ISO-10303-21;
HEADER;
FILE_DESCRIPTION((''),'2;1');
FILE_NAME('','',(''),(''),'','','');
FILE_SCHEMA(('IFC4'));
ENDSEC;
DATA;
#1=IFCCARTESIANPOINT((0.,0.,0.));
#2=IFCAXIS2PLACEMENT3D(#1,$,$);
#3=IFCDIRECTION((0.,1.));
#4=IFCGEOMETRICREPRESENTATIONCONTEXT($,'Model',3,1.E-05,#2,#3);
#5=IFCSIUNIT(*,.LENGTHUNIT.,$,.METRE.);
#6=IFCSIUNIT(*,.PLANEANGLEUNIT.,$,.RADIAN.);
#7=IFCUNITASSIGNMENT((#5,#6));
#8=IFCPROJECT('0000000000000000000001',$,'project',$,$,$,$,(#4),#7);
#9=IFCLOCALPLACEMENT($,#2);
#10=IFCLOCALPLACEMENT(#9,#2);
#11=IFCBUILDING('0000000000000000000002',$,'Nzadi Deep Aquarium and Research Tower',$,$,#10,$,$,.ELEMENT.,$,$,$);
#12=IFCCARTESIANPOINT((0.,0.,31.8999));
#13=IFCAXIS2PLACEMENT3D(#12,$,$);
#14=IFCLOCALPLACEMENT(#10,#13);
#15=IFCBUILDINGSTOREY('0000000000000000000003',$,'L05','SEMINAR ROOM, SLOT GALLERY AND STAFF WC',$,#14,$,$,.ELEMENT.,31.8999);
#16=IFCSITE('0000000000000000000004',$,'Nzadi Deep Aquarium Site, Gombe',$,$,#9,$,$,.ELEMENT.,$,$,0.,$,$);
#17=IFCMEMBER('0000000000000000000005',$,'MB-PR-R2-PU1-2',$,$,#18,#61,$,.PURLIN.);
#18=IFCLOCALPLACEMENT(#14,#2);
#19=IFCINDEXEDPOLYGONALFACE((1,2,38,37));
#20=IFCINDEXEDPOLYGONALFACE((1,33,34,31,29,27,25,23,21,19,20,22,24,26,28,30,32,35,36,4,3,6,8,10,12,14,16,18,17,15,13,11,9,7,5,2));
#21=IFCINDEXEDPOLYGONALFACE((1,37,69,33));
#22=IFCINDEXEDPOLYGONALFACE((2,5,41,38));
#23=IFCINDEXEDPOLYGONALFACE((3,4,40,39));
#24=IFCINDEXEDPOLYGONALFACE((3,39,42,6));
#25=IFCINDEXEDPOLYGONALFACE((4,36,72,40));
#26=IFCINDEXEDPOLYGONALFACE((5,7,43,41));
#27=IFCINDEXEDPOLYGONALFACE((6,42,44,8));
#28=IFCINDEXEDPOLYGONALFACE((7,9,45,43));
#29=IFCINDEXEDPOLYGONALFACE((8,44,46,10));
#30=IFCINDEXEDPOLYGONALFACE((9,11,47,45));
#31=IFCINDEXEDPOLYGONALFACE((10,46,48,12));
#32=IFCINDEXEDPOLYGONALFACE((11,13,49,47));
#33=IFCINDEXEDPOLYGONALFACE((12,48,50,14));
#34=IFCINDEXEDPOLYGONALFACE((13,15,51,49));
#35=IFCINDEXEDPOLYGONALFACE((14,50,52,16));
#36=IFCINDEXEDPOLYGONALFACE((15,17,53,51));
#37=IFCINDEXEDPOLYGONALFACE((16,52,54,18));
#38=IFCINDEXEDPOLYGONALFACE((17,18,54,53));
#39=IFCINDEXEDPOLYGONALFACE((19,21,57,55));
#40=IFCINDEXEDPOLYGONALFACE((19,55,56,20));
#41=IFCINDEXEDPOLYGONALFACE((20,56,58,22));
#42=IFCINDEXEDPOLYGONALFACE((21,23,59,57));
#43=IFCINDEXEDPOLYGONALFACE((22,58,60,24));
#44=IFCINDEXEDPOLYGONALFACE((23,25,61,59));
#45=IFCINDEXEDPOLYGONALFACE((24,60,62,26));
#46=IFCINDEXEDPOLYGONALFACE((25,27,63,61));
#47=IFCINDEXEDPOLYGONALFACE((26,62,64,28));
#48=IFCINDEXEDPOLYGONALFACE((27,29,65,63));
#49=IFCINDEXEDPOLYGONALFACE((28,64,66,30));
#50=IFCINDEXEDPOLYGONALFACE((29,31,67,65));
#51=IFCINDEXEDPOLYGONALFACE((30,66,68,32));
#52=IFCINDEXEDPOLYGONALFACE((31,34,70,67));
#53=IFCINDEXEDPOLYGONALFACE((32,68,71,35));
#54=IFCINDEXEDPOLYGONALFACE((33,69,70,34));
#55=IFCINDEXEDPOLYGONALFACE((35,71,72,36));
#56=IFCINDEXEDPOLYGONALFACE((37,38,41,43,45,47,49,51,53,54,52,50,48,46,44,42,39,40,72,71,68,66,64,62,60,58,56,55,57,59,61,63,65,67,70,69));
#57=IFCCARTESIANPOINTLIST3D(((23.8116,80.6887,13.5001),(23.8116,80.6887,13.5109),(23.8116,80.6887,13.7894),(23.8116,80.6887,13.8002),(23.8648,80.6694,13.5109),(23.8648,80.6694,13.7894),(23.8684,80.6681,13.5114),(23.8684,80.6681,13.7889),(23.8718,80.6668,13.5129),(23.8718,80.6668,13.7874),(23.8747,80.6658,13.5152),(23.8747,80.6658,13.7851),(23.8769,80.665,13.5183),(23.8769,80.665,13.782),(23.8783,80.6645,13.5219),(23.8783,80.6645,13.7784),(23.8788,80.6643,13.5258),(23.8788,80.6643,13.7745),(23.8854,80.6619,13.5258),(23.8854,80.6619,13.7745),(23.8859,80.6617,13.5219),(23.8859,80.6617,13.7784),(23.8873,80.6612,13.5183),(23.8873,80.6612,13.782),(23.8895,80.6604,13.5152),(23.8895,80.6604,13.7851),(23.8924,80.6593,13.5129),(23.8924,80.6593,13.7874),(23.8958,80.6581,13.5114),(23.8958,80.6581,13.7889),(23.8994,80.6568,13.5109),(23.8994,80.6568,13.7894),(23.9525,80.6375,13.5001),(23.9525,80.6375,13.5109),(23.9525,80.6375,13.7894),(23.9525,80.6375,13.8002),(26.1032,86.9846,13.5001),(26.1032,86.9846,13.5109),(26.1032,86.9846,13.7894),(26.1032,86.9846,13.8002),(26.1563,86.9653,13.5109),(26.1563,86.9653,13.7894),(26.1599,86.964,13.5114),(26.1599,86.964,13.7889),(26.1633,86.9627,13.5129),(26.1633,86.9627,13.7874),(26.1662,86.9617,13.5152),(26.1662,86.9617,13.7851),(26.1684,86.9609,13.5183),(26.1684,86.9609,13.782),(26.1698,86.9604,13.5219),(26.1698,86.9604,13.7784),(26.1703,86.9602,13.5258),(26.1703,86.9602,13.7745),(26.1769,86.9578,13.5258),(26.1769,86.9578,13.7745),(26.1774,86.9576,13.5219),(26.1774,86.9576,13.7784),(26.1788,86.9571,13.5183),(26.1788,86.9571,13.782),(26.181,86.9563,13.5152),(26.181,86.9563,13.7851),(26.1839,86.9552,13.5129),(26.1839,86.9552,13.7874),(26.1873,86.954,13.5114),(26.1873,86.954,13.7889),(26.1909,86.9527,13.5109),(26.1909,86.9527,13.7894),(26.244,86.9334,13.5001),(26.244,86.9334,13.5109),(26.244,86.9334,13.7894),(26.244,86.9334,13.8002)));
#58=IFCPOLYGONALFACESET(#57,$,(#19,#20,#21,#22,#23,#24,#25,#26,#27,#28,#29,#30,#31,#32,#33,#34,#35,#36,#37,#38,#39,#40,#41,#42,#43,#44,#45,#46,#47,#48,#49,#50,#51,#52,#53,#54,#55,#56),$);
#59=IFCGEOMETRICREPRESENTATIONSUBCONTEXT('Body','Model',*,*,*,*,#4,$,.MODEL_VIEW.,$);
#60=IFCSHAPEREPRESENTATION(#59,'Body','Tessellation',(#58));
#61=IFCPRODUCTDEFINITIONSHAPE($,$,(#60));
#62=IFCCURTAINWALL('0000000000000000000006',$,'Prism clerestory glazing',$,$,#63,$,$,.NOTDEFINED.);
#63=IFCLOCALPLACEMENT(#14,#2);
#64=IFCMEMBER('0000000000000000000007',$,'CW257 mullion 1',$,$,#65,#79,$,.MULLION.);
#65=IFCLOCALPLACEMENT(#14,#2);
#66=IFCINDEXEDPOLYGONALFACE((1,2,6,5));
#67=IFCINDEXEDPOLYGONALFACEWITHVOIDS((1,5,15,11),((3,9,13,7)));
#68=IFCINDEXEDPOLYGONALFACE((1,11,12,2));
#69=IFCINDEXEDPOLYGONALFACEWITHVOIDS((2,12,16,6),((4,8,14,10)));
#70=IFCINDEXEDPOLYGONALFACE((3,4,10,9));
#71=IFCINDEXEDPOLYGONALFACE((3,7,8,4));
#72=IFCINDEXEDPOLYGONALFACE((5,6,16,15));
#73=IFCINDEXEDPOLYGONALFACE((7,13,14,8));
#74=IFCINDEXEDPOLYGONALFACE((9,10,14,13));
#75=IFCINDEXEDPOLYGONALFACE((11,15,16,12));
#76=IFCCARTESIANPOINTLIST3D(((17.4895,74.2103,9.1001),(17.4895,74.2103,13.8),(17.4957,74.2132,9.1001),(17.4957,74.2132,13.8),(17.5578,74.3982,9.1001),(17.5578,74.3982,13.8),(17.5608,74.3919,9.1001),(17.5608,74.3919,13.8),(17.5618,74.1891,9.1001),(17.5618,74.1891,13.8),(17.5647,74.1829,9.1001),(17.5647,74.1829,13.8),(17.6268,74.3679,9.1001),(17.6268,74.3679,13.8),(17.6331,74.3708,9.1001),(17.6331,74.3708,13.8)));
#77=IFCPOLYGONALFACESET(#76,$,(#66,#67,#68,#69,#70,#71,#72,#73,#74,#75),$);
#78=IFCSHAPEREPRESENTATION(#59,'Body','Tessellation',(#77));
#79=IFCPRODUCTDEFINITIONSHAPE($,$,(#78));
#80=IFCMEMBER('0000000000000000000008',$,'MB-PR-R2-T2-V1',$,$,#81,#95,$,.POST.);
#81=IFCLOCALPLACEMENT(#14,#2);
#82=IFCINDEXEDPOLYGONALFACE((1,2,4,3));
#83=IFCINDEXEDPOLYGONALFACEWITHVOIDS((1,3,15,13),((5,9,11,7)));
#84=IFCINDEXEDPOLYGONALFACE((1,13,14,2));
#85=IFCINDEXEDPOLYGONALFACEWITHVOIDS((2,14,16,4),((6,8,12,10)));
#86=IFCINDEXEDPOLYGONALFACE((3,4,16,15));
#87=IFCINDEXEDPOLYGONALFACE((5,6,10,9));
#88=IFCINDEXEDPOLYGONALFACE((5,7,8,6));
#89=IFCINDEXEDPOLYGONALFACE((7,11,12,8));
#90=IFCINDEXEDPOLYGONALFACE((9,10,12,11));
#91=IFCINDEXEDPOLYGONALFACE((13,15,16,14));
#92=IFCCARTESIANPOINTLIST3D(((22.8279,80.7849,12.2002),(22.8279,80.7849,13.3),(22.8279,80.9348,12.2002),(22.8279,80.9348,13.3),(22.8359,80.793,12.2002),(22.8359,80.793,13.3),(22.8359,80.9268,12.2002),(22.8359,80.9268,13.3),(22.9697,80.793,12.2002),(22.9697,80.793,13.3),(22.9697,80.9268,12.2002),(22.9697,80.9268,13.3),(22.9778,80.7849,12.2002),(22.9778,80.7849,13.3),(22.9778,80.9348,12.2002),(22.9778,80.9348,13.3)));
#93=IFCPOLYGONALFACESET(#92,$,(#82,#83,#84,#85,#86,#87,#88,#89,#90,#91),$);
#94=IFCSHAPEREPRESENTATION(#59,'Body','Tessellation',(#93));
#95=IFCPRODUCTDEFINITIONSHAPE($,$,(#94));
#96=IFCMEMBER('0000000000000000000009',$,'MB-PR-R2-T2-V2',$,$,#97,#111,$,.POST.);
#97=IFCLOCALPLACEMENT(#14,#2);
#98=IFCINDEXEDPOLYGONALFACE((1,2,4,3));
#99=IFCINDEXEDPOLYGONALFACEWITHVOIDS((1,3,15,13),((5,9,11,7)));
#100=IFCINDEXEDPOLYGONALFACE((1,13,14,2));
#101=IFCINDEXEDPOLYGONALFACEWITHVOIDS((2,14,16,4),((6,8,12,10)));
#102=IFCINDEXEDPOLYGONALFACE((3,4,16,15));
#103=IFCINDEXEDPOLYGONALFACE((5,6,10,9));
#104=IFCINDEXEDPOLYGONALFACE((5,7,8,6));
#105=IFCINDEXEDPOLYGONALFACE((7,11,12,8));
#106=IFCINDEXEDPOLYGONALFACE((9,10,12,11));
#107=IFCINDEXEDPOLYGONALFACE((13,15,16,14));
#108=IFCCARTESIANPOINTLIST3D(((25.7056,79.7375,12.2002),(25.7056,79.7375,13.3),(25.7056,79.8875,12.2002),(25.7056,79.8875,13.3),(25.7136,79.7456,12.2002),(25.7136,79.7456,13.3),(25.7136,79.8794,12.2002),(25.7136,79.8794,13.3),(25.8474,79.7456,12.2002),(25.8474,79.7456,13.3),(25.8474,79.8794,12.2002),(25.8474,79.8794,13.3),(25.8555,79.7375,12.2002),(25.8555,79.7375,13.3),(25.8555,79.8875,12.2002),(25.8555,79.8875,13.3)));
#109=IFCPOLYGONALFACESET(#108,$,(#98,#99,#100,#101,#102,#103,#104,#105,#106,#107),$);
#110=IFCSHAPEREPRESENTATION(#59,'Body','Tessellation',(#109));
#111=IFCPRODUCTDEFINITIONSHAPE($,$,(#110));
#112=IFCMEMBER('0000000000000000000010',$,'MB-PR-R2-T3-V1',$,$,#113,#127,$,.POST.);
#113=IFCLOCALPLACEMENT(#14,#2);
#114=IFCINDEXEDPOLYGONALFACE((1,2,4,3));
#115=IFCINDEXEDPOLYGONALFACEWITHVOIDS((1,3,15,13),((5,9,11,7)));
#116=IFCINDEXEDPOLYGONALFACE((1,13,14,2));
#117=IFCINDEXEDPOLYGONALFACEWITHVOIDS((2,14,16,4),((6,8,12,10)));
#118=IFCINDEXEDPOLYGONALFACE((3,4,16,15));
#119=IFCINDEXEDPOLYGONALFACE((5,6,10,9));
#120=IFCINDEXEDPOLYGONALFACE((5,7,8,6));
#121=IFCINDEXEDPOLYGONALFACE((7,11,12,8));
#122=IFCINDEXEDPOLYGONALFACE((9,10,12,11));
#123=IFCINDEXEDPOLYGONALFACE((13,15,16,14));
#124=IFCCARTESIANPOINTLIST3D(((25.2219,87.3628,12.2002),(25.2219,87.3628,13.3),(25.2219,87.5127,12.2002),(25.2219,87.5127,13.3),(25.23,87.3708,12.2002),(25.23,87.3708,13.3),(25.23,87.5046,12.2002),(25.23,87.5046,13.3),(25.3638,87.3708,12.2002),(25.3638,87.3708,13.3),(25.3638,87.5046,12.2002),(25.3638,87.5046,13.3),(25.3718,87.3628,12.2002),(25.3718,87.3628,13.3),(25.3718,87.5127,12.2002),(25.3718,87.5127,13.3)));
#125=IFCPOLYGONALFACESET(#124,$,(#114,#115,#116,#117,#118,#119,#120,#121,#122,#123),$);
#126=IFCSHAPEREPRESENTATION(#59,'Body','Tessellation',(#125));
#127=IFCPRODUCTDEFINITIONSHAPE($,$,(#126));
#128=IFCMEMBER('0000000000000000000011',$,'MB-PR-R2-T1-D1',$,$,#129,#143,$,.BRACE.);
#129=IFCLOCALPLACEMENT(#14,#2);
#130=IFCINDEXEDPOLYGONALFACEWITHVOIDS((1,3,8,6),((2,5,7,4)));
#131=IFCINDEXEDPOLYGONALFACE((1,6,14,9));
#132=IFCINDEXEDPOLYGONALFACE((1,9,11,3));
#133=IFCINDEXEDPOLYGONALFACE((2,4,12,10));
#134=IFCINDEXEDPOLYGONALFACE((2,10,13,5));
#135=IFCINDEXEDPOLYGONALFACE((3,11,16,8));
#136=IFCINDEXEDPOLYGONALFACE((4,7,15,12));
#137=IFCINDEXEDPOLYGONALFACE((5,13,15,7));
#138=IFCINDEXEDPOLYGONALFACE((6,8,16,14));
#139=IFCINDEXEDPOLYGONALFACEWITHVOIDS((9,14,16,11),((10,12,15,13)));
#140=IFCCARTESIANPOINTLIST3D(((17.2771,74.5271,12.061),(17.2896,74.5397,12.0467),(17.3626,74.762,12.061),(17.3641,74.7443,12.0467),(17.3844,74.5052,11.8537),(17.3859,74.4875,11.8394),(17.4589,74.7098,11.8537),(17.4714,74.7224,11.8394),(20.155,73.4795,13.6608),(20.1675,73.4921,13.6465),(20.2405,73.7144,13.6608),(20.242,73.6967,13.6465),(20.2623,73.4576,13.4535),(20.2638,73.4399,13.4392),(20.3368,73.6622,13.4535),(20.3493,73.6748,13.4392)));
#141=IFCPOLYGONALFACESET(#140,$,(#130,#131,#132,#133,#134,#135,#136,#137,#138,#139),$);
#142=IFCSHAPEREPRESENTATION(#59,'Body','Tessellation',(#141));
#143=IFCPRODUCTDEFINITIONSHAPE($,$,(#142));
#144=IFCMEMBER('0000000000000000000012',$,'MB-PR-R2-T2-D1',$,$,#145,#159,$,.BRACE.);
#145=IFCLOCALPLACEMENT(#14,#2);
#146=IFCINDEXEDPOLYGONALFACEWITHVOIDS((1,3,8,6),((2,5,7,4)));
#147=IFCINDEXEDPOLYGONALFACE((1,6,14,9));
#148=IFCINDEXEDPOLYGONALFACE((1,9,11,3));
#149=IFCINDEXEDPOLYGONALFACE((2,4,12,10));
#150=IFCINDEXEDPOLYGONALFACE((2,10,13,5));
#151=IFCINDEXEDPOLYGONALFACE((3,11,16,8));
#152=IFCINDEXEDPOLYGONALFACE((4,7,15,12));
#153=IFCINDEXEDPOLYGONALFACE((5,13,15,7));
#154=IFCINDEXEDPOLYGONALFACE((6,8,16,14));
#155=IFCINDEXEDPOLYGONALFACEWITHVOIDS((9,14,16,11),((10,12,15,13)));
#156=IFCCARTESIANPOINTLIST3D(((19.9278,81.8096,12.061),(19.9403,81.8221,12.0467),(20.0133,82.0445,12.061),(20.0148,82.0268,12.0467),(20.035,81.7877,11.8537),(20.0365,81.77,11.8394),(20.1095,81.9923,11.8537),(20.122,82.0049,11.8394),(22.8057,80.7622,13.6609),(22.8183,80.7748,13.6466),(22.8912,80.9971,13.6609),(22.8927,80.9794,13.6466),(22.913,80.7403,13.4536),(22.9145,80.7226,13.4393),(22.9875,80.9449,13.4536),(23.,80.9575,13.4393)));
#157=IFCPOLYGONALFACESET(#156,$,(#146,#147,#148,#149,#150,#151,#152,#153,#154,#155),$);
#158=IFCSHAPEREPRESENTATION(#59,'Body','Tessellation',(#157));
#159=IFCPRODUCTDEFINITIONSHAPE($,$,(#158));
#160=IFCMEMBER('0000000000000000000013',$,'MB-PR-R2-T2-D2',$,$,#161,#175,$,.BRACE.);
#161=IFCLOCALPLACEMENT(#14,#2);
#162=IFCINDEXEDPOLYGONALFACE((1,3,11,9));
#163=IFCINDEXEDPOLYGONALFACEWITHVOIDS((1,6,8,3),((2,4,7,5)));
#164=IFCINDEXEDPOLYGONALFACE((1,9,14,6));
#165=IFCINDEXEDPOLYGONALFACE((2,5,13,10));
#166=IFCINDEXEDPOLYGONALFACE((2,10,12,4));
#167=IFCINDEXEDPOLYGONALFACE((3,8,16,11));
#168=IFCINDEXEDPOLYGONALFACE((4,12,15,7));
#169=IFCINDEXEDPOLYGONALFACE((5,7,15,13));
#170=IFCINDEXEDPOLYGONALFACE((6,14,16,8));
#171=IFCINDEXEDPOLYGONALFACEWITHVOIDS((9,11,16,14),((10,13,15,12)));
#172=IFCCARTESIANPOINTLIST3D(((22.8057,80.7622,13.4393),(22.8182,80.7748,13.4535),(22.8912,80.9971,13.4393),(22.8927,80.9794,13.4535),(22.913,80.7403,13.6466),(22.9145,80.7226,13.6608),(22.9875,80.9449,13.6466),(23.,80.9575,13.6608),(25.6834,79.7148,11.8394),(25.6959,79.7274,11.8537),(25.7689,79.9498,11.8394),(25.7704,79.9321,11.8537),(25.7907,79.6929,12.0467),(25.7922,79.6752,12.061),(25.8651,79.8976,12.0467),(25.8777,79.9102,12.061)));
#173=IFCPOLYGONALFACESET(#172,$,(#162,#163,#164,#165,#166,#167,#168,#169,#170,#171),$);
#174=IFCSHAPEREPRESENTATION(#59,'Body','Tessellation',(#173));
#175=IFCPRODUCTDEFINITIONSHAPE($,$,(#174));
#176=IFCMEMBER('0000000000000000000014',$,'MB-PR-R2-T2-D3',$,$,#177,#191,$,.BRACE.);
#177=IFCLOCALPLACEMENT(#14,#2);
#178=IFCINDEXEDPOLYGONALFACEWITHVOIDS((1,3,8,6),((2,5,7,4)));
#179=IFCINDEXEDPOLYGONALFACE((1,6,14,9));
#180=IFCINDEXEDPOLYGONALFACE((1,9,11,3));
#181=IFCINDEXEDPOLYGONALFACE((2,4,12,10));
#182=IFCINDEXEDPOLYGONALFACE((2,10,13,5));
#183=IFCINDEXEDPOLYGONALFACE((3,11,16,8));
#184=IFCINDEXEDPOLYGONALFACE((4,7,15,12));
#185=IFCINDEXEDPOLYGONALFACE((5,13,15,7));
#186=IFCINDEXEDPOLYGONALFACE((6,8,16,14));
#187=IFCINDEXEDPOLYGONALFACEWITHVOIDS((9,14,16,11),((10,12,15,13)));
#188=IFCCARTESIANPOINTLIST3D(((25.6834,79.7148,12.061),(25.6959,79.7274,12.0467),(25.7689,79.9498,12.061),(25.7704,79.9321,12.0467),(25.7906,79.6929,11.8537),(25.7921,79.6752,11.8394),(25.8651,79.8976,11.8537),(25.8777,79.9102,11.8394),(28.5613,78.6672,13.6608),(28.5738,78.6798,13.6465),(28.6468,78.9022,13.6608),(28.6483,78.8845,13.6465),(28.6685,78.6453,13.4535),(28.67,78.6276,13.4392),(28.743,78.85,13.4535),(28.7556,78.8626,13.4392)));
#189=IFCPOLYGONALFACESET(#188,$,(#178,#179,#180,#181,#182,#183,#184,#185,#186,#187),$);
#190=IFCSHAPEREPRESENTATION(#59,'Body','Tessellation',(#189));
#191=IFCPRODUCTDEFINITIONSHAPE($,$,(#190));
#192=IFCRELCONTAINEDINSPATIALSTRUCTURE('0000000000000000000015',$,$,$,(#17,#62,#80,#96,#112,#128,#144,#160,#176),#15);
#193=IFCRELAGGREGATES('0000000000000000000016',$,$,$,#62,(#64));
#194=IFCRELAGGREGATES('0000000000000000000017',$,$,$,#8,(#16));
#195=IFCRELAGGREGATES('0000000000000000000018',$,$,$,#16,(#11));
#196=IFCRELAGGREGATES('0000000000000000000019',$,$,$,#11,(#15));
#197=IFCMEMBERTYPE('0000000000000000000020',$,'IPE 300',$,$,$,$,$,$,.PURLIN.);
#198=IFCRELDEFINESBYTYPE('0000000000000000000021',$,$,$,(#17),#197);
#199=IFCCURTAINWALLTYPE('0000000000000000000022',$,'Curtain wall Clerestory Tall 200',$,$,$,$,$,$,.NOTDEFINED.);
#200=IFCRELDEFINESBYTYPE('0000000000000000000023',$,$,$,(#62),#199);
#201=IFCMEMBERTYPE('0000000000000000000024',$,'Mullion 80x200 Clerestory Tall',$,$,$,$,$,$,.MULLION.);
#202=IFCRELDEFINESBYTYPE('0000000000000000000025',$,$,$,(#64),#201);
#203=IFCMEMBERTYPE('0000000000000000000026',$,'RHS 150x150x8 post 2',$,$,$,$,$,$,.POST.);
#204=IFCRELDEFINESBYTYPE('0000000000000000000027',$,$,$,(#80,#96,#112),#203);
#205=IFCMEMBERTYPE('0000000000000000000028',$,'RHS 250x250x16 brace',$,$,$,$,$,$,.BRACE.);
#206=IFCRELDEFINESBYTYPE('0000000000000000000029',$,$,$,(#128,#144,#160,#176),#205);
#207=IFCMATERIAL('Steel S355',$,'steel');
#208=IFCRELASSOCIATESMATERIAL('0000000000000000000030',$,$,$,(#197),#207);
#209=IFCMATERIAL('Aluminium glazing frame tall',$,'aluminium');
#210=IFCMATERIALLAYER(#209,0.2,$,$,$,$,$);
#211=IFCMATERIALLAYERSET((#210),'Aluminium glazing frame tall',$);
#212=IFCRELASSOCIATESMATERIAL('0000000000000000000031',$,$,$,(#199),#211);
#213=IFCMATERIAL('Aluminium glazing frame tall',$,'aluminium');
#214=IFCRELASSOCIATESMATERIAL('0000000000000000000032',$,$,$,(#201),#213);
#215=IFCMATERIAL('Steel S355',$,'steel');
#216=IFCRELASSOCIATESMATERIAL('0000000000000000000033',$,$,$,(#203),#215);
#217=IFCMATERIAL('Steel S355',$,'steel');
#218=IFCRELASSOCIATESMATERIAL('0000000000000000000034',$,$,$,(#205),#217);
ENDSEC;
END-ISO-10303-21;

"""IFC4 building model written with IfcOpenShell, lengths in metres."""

from ifc_helpers import new_model, si_unit, direction, frame, origin, origin_2d, place, context, subcontext, project, spatial, hollow_rectangle, i_section, extrude, material, layer, layer_set, material_profile, profile_set, type_object, element, aggregate, save


model = new_model("IFC4")

# Units and contexts
model_context = context("Model", 3, precision=1e-05, world=origin(), true_north=direction((0.0, 1.0)))
body_context = subcontext(model_context, "Body", "Model", "MODEL_VIEW")
ifc_project = project(units=[si_unit("LENGTHUNIT", "METRE"), si_unit("PLANEANGLEUNIT", "RADIAN")], contexts=[model_context])

# Site, building, storey
site_placement = place(None, origin())
site = spatial("IfcSite", under=ifc_project, at=site_placement, Name="Nzadi Deep Aquarium Site, Gombe", CompositionType="ELEMENT", RefElevation=0.0)
building_placement = place(site_placement, origin())
building = spatial("IfcBuilding", under=site, at=building_placement, Name="Nzadi Deep Aquarium and Research Tower", CompositionType="ELEMENT")
storey_placement = place(building_placement, frame((0.0, 0.0, 31.8999)))
storey = spatial("IfcBuildingStorey", under=building, at=storey_placement, Name="L05", Description="SEMINAR ROOM, SLOT GALLERY AND STAFF WC", CompositionType="ELEMENT", Elevation=31.8999)

# Member
ifc_material_1 = material(Name="Steel S355", Category="steel")
ifc_material_profile_1 = material_profile(ifc_material_1, i_section(OverallWidth=0.1499, OverallDepth=0.3, WebThickness=0.0071, FlangeThickness=0.0107, FilletRadius=0.0149, at=origin_2d()))
ifc_profile_set_1 = profile_set([ifc_material_profile_1], Name="Steel S355")
member_type_1 = type_object("IfcMemberType", Name="IPE 300", PredefinedType="PURLIN", material=ifc_profile_set_1)
member_1_placement = place(storey_placement, frame((23.8821, 80.6631, 13.6501), z_axis=(0.342018, 0.939693, 0.0), x_axis=(-0.939693, 0.342018, 0.0)))
element("IfcMember", 1, at=member_1_placement, inside=storey, type_object=member_type_1, Name="MB-PR-R2-PU1-2", PredefinedType="PURLIN", context=body_context, shape_type="SweptSolid", body=[
    extrude(i_section(OverallWidth=0.1499, OverallDepth=0.3, WebThickness=0.0071, FlangeThickness=0.0107, FilletRadius=0.0149, at=origin_2d()), origin(), (0.0, 0.0, 1.0), 6.7),
])

# Curtain wall, member
ifc_material_2 = material(Name="Aluminium glazing frame tall", Category="aluminium")
ifc_layer_1 = layer(ifc_material_2, 0.2)
ifc_layer_set_1 = layer_set([ifc_layer_1], Name="Aluminium glazing frame tall")
curtain_wall_type = type_object("IfcCurtainWallType", Name="Curtain wall Clerestory Tall 200", PredefinedType="NOTDEFINED", material=ifc_layer_set_1)
curtain_wall_placement = place(storey_placement, origin())
curtain_wall = element("IfcCurtainWall", 2, at=curtain_wall_placement, inside=storey, type_object=curtain_wall_type, Name="Prism clerestory glazing", PredefinedType="NOTDEFINED")
ifc_material_3 = material(Name="Aluminium glazing frame tall", Category="aluminium")
ifc_material_profile_2 = material_profile(ifc_material_3, hollow_rectangle(XDim=0.2, YDim=0.0801, WallThickness=0.0049, at=origin_2d()))
ifc_profile_set_2 = profile_set([ifc_material_profile_2], Name="Aluminium glazing frame tall")
member_type_2 = type_object("IfcMemberType", Name="Mullion 80x200 Clerestory Tall", PredefinedType="MULLION", material=ifc_profile_set_2)
member_2_placement = place(storey_placement, frame((17.5613, 74.2905, 9.1001), z_axis=(0.0, 0.0, 1.0), x_axis=(0.34202, 0.939693, 0.0)))
member_2 = element("IfcMember", 3, at=member_2_placement, type_object=member_type_2, Name="CW257 mullion 1", PredefinedType="MULLION", context=body_context, shape_type="SweptSolid", body=[
    extrude(hollow_rectangle(XDim=0.2, YDim=0.0801, WallThickness=0.0049, at=origin_2d()), origin(), (0.0, 0.0, 1.0), 4.7),
])

# Members
ifc_material_4 = material(Name="Steel S355", Category="steel")
ifc_material_profile_3 = material_profile(ifc_material_4, hollow_rectangle(XDim=0.1499, YDim=0.1499, WallThickness=0.0081, at=origin_2d()))
ifc_profile_set_3 = profile_set([ifc_material_profile_3], Name="Steel S355")
member_type_3 = type_object("IfcMemberType", Name="RHS 150x150x8 post 2", PredefinedType="POST", material=ifc_profile_set_3)
for number, where, z_axis, x_axis, name in (
    (4, (22.9028, 80.8599, 12.2002), (0.0, 0.0, 1.0), (1.0, 0.0, 0.0), "MB-PR-R2-T2-V1"),
    (5, (25.7805, 79.8125, 12.2002), (0.0, 0.0, 1.0), (1.0, 0.0, 0.0), "MB-PR-R2-T2-V2"),
    (6, (25.2969, 87.4377, 12.2002), (0.0, 0.0, 1.0), (1.0, 0.0, 0.0), "MB-PR-R2-T3-V1"),
):
    element("IfcMember", number, at=place(storey_placement, frame(where, z_axis=z_axis, x_axis=x_axis)), inside=storey, type_object=member_type_3, Name=name, PredefinedType="POST", context=body_context, shape_type="SweptSolid", body=[
        extrude(hollow_rectangle(XDim=0.1499, YDim=0.1499, WallThickness=0.0081, at=origin_2d()), origin(), (0.0, 0.0, 1.0), 1.0999),
    ])
ifc_material_5 = material(Name="Steel S355", Category="steel")
ifc_material_profile_4 = material_profile(ifc_material_5, hollow_rectangle(XDim=0.25, YDim=0.25, WallThickness=0.0161, at=origin_2d()))
ifc_profile_set_4 = profile_set([ifc_material_profile_4], Name="Steel S355")
member_type_4 = type_object("IfcMemberType", Name="RHS 250x250x16 brace", PredefinedType="BRACE", material=ifc_profile_set_4)
for number, where, z_axis, x_axis, name in (
    (7, (17.3743, 74.6248, 11.9502), (0.832889, -0.303184, 0.463007), (0.342057, 0.939679, 0.0), "MB-PR-R2-T1-D1"),
    (8, (20.0249, 81.9072, 11.9502), (0.832907, -0.303119, 0.463017), (0.341986, 0.939705, 0.0), "MB-PR-R2-T2-D1"),
):
    element("IfcMember", number, at=place(storey_placement, frame(where, z_axis=z_axis, x_axis=x_axis)), inside=storey, type_object=member_type_4, Name=name, PredefinedType="BRACE", context=body_context, shape_type="SweptSolid", body=[
        extrude(hollow_rectangle(XDim=0.25, YDim=0.25, WallThickness=0.0161, at=origin_2d()), origin(), (0.0, 0.0, 1.0), 3.4553),
    ])
member_3_placement = place(storey_placement, frame((22.9028, 80.8599, 13.55), z_axis=(0.832885, -0.303137, -0.463044), x_axis=(0.342012, 0.939696, 0.0)))
element("IfcMember", 9, at=member_3_placement, inside=storey, type_object=member_type_4, Name="MB-PR-R2-T2-D2", PredefinedType="BRACE", context=body_context, shape_type="SweptSolid", body=[
    extrude(hollow_rectangle(XDim=0.25, YDim=0.25, WallThickness=0.0161, at=origin_2d()), origin(), (0.0, 0.0, 1.0), 3.4551),
])
for number, where, z_axis, x_axis, name in (
    (10, (25.7805, 79.8125, 11.9502), (0.832889, -0.303184, 0.463007), (0.342057, 0.939679, 0.0), "MB-PR-R2-T2-D3"),
):
    element("IfcMember", number, at=place(storey_placement, frame(where, z_axis=z_axis, x_axis=x_axis)), inside=storey, type_object=member_type_4, Name=name, PredefinedType="BRACE", context=body_context, shape_type="SweptSolid", body=[
        extrude(hollow_rectangle(XDim=0.25, YDim=0.25, WallThickness=0.0161, at=origin_2d()), origin(), (0.0, 0.0, 1.0), 3.4553),
    ])

aggregate(curtain_wall, [member_2])

save(model, "model.ifc")
